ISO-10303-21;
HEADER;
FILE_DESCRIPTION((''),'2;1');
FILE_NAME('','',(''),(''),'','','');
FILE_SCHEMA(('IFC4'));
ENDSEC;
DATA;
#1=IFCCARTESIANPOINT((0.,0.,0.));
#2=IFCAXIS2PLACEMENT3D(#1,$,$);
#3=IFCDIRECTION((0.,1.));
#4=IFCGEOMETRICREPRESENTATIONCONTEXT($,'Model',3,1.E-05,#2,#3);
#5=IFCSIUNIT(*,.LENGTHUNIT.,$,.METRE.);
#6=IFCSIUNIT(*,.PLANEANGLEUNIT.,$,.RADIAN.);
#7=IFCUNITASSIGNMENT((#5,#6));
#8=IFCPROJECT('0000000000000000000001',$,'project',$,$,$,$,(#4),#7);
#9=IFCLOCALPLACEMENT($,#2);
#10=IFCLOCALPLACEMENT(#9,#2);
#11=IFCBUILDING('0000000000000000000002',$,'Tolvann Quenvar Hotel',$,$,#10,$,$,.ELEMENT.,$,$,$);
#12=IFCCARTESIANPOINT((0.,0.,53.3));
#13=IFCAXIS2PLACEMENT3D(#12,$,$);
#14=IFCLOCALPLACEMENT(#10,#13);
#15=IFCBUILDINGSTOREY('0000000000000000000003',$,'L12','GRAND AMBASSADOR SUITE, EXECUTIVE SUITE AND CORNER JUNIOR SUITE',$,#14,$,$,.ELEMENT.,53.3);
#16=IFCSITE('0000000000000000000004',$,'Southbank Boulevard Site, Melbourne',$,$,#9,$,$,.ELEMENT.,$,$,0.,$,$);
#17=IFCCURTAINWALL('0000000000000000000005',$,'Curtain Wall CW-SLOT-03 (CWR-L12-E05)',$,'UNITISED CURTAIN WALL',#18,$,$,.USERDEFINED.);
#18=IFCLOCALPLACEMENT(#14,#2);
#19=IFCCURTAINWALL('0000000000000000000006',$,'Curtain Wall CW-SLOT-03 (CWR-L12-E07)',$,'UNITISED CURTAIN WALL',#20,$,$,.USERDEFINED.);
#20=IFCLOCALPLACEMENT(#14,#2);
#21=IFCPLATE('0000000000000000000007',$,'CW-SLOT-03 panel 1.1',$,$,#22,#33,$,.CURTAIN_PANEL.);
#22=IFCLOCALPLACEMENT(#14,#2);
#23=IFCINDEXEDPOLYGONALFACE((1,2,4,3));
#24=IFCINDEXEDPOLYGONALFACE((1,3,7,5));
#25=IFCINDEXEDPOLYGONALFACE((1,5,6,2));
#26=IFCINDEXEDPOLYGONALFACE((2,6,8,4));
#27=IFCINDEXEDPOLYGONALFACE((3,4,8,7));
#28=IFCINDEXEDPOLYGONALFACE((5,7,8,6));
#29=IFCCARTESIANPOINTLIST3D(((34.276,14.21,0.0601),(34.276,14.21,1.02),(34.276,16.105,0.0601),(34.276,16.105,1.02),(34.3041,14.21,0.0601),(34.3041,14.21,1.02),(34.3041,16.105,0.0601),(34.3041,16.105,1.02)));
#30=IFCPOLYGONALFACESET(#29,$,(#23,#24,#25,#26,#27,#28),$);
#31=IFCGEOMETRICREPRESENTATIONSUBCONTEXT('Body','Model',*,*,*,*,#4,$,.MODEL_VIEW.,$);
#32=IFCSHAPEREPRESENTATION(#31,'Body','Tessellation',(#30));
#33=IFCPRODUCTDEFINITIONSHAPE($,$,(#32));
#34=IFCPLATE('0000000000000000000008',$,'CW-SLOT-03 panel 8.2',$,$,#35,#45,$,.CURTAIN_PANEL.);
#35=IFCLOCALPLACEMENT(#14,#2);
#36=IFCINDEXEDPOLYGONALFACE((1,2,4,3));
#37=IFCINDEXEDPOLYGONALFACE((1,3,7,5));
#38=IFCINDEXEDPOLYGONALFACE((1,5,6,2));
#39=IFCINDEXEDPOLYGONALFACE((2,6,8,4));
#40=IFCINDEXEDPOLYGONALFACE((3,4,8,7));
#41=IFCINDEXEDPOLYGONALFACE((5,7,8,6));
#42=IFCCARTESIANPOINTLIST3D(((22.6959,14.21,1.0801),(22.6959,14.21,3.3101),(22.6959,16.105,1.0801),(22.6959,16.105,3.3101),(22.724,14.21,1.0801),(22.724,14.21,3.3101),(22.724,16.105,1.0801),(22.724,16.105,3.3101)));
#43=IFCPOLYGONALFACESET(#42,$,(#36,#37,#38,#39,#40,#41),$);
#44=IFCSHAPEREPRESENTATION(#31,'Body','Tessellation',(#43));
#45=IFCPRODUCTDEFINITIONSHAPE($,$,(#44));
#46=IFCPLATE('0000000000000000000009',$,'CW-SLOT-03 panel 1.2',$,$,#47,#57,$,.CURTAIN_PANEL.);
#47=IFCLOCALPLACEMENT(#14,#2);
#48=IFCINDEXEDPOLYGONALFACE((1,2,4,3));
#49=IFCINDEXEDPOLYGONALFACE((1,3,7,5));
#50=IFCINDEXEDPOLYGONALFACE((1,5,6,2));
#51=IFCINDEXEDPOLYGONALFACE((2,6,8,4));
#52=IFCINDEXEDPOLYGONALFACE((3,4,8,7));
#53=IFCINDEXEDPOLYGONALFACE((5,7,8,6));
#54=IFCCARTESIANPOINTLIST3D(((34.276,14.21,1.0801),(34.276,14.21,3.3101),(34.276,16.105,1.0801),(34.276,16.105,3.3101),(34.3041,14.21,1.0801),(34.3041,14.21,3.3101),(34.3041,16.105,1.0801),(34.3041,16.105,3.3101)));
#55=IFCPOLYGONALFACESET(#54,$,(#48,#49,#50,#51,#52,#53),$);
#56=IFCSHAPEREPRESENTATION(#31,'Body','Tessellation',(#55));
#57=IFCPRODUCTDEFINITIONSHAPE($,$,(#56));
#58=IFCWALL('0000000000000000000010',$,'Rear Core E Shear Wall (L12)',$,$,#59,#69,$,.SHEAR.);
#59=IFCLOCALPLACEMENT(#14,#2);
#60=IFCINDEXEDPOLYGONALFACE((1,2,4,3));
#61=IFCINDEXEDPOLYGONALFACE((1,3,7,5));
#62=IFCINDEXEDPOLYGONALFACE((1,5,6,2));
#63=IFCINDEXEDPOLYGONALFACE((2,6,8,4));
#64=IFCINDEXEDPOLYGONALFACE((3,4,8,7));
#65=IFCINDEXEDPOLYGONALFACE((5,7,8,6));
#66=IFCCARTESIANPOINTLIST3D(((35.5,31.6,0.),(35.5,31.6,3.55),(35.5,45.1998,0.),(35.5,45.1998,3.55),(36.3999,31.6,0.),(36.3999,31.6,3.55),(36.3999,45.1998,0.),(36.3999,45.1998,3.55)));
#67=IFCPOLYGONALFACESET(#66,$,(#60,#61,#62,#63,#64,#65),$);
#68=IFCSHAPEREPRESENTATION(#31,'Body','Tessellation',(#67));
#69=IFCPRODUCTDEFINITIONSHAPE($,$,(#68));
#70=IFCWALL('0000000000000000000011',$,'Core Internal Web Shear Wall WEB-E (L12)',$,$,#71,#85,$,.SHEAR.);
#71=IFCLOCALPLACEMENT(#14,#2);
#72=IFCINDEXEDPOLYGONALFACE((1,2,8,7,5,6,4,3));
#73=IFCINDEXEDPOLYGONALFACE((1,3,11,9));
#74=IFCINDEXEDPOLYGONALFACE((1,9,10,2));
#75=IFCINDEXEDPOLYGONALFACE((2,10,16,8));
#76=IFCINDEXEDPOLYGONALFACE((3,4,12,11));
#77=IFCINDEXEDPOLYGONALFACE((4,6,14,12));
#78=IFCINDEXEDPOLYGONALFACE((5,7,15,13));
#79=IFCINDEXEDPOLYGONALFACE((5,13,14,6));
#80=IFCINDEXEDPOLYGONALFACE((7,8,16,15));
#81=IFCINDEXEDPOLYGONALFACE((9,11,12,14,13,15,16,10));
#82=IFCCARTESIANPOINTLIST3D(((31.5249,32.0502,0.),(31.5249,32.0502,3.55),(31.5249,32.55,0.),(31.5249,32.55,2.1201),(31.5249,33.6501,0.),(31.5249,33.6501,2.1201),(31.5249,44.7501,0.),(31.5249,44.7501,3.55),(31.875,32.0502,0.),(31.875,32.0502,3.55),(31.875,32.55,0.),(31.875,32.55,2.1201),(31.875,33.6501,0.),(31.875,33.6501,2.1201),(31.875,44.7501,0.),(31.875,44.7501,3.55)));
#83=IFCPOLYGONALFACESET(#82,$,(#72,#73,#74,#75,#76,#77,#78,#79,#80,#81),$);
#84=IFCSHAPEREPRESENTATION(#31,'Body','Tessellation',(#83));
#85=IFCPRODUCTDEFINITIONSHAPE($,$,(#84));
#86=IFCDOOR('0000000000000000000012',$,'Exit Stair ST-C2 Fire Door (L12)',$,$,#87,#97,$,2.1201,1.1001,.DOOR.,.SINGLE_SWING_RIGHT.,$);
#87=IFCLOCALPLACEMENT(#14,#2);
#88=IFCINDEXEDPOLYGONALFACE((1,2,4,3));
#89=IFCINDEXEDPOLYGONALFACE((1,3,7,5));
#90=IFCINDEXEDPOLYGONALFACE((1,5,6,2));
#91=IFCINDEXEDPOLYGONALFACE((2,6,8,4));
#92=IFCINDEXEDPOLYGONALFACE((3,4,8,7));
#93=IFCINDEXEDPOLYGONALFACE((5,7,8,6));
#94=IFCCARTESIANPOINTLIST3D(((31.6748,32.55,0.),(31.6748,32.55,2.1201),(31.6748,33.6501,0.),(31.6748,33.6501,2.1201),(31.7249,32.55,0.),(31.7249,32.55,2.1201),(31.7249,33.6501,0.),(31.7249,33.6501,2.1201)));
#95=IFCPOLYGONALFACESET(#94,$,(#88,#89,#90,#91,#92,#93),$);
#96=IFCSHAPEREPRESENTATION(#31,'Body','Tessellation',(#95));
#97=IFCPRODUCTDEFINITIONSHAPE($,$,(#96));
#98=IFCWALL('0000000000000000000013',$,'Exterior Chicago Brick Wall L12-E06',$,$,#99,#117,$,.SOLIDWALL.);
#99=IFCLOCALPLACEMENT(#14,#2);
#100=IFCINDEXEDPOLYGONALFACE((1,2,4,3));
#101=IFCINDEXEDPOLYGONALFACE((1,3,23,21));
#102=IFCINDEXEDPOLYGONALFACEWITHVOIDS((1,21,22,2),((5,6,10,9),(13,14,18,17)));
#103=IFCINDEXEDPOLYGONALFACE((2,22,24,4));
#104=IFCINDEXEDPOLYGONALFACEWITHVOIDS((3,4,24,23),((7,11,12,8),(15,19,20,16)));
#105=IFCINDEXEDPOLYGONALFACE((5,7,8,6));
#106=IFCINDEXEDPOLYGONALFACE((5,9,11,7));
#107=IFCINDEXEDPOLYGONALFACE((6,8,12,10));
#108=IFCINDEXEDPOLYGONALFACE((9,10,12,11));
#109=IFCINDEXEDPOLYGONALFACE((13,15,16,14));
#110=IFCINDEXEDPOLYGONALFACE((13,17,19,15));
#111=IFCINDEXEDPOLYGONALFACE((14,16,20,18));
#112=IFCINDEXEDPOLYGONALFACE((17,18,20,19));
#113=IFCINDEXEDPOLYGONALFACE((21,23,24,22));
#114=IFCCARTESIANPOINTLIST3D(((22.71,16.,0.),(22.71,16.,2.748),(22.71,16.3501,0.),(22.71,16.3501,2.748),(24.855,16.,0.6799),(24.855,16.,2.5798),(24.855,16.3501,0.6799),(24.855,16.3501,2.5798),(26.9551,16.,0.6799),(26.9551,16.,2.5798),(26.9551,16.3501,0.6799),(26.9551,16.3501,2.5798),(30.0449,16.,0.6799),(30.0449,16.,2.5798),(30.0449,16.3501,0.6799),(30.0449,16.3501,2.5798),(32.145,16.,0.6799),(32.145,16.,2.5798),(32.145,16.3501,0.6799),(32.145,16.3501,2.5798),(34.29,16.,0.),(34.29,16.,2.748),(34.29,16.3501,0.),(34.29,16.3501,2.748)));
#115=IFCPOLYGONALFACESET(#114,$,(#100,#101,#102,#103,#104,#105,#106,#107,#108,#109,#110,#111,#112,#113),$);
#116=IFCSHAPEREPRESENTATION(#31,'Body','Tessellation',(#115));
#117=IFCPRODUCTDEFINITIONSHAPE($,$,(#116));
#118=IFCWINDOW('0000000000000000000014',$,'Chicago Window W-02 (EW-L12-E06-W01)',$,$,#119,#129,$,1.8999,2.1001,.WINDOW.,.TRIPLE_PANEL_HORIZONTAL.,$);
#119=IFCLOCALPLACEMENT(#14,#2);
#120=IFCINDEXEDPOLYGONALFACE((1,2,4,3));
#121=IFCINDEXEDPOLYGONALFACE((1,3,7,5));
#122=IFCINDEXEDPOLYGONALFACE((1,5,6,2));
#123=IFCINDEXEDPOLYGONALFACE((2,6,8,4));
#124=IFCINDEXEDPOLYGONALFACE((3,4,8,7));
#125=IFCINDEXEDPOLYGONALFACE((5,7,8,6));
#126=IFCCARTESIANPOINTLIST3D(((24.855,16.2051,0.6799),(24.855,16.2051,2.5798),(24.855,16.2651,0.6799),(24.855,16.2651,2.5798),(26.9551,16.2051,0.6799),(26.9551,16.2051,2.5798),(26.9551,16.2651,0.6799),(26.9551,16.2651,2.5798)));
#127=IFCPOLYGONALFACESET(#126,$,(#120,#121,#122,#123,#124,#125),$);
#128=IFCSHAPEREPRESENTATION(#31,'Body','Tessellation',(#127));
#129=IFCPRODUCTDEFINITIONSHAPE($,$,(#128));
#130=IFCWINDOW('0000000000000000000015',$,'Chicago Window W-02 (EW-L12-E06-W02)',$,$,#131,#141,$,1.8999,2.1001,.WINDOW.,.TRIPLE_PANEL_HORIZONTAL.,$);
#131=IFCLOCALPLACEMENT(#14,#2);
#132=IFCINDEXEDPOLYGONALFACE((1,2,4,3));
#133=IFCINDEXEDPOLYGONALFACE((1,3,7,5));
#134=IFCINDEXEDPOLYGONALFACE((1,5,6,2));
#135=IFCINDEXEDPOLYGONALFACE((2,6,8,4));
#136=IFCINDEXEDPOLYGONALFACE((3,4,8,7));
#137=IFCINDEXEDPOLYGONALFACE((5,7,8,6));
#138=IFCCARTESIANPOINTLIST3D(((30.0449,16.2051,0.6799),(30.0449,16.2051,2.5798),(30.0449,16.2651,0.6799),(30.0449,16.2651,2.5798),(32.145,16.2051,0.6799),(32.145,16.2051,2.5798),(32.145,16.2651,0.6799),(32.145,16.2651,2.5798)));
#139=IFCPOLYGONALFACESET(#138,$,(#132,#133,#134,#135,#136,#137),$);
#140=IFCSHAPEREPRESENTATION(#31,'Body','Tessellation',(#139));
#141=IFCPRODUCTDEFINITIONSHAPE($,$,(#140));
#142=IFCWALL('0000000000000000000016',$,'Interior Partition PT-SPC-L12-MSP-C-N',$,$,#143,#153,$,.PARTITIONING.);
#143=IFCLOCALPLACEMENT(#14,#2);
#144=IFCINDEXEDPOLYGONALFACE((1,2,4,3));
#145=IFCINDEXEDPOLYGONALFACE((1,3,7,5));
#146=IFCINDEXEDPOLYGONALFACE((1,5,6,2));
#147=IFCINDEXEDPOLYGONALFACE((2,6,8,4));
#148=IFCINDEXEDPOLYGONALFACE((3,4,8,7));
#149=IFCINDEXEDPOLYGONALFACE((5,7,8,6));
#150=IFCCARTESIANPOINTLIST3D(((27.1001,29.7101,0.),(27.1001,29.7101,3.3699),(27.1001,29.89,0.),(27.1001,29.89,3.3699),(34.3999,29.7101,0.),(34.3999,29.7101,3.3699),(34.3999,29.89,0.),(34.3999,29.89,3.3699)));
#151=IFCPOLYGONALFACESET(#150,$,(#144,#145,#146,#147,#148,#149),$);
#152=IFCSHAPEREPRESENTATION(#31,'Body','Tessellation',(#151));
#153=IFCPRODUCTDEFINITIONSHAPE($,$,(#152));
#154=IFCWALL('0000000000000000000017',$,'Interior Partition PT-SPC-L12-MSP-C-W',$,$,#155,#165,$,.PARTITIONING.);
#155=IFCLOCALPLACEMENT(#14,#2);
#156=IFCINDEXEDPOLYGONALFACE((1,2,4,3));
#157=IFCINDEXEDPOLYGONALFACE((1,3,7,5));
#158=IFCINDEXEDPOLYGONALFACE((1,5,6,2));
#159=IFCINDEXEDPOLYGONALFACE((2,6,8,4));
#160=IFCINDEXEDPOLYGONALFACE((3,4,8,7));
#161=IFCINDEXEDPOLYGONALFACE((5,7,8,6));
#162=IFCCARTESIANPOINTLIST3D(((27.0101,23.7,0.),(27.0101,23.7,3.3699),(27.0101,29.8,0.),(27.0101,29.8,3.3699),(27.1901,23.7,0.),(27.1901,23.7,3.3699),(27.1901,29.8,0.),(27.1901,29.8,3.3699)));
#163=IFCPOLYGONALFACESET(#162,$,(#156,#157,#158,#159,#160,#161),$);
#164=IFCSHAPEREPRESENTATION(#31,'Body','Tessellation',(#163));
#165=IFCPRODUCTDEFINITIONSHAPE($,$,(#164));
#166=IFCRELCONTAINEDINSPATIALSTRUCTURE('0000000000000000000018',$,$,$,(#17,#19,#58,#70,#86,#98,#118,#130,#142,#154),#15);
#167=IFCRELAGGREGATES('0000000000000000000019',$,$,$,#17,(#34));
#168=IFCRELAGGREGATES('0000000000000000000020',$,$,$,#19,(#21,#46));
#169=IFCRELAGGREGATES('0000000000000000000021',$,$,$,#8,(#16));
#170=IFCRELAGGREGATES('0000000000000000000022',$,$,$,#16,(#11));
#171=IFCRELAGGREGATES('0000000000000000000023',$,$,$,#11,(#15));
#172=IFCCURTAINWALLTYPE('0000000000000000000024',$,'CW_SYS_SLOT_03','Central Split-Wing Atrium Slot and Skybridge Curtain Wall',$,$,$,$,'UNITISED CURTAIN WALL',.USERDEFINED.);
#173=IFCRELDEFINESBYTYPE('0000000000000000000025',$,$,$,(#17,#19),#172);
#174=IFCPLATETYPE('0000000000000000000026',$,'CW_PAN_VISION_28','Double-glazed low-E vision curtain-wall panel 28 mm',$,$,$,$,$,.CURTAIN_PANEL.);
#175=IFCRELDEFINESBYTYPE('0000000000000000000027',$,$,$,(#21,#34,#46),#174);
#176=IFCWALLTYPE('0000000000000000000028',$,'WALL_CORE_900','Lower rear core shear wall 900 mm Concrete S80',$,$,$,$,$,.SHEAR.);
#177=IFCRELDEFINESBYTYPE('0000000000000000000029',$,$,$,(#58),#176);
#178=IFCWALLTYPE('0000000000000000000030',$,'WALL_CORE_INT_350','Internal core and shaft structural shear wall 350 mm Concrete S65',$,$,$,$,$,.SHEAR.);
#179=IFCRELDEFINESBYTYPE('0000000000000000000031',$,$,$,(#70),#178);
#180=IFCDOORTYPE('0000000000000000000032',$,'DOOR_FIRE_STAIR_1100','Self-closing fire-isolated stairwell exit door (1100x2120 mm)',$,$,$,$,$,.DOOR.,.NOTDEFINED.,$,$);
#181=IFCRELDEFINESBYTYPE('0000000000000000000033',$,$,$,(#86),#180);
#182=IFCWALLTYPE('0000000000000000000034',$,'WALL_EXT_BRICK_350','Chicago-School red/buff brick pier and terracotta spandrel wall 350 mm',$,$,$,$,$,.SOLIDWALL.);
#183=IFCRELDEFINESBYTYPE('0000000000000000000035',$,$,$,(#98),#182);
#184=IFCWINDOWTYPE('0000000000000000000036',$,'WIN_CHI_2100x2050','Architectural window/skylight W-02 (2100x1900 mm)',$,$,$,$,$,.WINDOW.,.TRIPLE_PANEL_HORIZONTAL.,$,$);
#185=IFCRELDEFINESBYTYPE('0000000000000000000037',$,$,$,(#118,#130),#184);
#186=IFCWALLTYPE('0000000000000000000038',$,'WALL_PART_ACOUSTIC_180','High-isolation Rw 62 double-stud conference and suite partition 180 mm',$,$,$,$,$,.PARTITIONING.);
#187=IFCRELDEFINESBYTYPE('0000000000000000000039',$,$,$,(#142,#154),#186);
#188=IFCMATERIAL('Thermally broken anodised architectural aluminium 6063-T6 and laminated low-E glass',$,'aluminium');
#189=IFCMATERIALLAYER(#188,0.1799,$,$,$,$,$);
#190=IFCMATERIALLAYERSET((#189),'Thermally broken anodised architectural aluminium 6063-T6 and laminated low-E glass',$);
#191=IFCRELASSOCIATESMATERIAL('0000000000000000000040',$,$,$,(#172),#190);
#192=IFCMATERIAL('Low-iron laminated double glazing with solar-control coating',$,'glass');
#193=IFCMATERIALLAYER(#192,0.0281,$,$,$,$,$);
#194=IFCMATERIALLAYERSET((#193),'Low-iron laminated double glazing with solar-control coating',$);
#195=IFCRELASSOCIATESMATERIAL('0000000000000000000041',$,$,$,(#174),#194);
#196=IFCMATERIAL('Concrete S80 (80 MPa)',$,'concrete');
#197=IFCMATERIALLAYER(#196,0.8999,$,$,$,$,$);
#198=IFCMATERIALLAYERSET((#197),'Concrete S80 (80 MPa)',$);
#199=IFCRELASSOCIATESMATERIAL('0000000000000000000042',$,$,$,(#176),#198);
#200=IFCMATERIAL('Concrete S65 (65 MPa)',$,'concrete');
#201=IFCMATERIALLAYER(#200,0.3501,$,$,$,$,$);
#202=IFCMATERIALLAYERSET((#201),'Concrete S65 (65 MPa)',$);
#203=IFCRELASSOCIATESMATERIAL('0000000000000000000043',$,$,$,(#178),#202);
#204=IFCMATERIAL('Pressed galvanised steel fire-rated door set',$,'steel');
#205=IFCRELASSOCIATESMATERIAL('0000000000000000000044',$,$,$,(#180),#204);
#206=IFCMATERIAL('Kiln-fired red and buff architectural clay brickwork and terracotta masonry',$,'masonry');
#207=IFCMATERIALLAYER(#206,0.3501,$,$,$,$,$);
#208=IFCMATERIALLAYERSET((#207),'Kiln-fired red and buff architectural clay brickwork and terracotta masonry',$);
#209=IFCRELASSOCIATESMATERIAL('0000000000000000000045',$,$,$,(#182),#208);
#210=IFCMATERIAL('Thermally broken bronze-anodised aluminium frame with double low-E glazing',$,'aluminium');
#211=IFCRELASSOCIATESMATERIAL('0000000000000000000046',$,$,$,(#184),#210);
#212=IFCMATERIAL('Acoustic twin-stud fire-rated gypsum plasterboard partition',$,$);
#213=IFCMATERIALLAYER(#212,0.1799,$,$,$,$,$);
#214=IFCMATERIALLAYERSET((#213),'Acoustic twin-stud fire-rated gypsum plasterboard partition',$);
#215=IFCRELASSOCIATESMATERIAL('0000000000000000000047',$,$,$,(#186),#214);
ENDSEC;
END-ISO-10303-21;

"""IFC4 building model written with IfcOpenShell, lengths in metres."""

from ifc_helpers import new_model, si_unit, direction, frame, frame_2d, origin, origin_2d, place, context, subcontext, project, spatial, rectangle, extrude, source, transform, mapped, material, layer, layer_set, type_object, type_shapes, element, fill, aggregate, save


model = new_model("IFC4")

# Units and contexts
model_context = context("Model", 3, precision=1e-05, world=origin(), true_north=direction((0.0, 1.0)))
body_context = subcontext(model_context, "Body", "Model", "MODEL_VIEW")
ifc_project = project(units=[si_unit("LENGTHUNIT", "METRE"), si_unit("PLANEANGLEUNIT", "RADIAN")], contexts=[model_context])

# Site, building, storey
site_placement = place(None, origin())
site = spatial("IfcSite", under=ifc_project, at=site_placement, Name="Southbank Boulevard Site, Melbourne", CompositionType="ELEMENT", RefElevation=0.0)
building_placement = place(site_placement, origin())
building = spatial("IfcBuilding", under=site, at=building_placement, Name="Tolvann Quenvar Hotel", CompositionType="ELEMENT")
storey_placement = place(building_placement, frame((0.0, 0.0, 53.3)))
storey = spatial("IfcBuildingStorey", under=building, at=storey_placement, Name="L12", Description="GRAND AMBASSADOR SUITE, EXECUTIVE SUITE AND CORNER JUNIOR SUITE", CompositionType="ELEMENT", Elevation=53.3)

# Shared definitions
ifc_material_1 = material(Name="Concrete S65 (65 MPa)", Category="concrete")

# Curtain walls
ifc_material_2 = material(Name="Thermally broken anodised architectural aluminium 6063-T6 and laminated low-E glass", Category="aluminium")
ifc_layer_1 = layer(ifc_material_2, 0.1799)
ifc_layer_set_1 = layer_set([ifc_layer_1], Name="Thermally broken anodised architectural aluminium 6063-T6 and laminated low-E glass")
curtain_wall_type = type_object("IfcCurtainWallType", Name="CW_SYS_SLOT_03", Description="Central Split-Wing Atrium Slot and Skybridge Curtain Wall", ElementType="UNITISED CURTAIN WALL", PredefinedType="USERDEFINED", material=ifc_layer_set_1)
curtain_wall_1_placement = place(storey_placement, origin())
curtain_wall_1 = element("IfcCurtainWall", 1, at=curtain_wall_1_placement, inside=storey, type_object=curtain_wall_type, Name="Curtain Wall CW-SLOT-03 (CWR-L12-E05)", ObjectType="UNITISED CURTAIN WALL", PredefinedType="USERDEFINED")
curtain_wall_2_placement = place(storey_placement, origin())
curtain_wall_2 = element("IfcCurtainWall", 2, at=curtain_wall_2_placement, inside=storey, type_object=curtain_wall_type, Name="Curtain Wall CW-SLOT-03 (CWR-L12-E07)", ObjectType="UNITISED CURTAIN WALL", PredefinedType="USERDEFINED")

# Plates
ifc_material_3 = material(Name="Low-iron laminated double glazing with solar-control coating", Category="glass")
ifc_layer_2 = layer(ifc_material_3, 0.0281)
ifc_layer_set_2 = layer_set([ifc_layer_2], Name="Low-iron laminated double glazing with solar-control coating")
plate_type = type_object("IfcPlateType", Name="CW_PAN_VISION_28", Description="Double-glazed low-E vision curtain-wall panel 28 mm", PredefinedType="CURTAIN_PANEL", material=ifc_layer_set_2)
shared_shape_1 = source(origin(), body_context, "Body", "SweptSolid", [
    extrude(rectangle(XDim=1.895, YDim=0.0281, at=origin_2d()), origin(), (0.0, 0.0, 1.0), 0.96),
])
plate_1_placement = place(storey_placement, frame((34.29, 15.1575, 0.0601), z_axis=(0.0, 0.0, 1.0), x_axis=(0.0, -1.0, 0.0)))
plate_1 = element("IfcPlate", 3, at=plate_1_placement, type_object=plate_type, Name="CW-SLOT-03 panel 1.1", PredefinedType="CURTAIN_PANEL", context=body_context, shape_type="MappedRepresentation", body=[
    mapped(shared_shape_1, transform((0.0, 0.0, 0.0), x_axis=(1.0, 0.0, 0.0), y_axis=(0.0, 1.0, 0.0), z_axis=(0.0, 0.0, 1.0), scale=1.0)),
])
shared_shape_2 = source(origin(), body_context, "Body", "SweptSolid", [
    extrude(rectangle(XDim=1.895, YDim=0.0281, at=origin_2d()), origin(), (0.0, 0.0, 1.0), 2.23),
])
type_shapes(plate_type, [shared_shape_1, shared_shape_2])
plate_2_placement = place(storey_placement, frame((22.71, 15.1575, 1.0801), z_axis=(0.0, 0.0, 1.0), x_axis=(0.0, 1.0, 0.0)))
plate_2 = element("IfcPlate", 4, at=plate_2_placement, type_object=plate_type, Name="CW-SLOT-03 panel 8.2", PredefinedType="CURTAIN_PANEL", context=body_context, shape_type="MappedRepresentation", body=[
    mapped(shared_shape_2, transform((0.0, 0.0, 0.0), x_axis=(1.0, 0.0, 0.0), y_axis=(0.0, 1.0, 0.0), z_axis=(0.0, 0.0, 1.0), scale=1.0)),
])
aggregate(curtain_wall_1, [plate_2])
plate_3_placement = place(storey_placement, frame((34.29, 15.1575, 1.0801), z_axis=(0.0, 0.0, 1.0), x_axis=(0.0, -1.0, 0.0)))
plate_3 = element("IfcPlate", 5, at=plate_3_placement, type_object=plate_type, Name="CW-SLOT-03 panel 1.2", PredefinedType="CURTAIN_PANEL", context=body_context, shape_type="MappedRepresentation", body=[
    mapped(shared_shape_2, transform((0.0, 0.0, 0.0), x_axis=(1.0, 0.0, 0.0), y_axis=(0.0, 1.0, 0.0), z_axis=(0.0, 0.0, 1.0), scale=1.0)),
])
aggregate(curtain_wall_2, [plate_1, plate_3])

# Wall
ifc_material_4 = material(Name="Concrete S80 (80 MPa)", Category="concrete")
ifc_layer_3 = layer(ifc_material_4, 0.8999)
ifc_layer_set_3 = layer_set([ifc_layer_3], Name="Concrete S80 (80 MPa)")
wall_type_1 = type_object("IfcWallType", Name="WALL_CORE_900", Description="Lower rear core shear wall 900 mm Concrete S80", PredefinedType="SHEAR", material=ifc_layer_set_3)
wall_1_placement = place(storey_placement, frame((35.95, 31.6001, 0.0), z_axis=(0.0, 0.0, 1.0), x_axis=(0.0, 1.0, 0.0)))
element("IfcWall", 6, at=wall_1_placement, inside=storey, type_object=wall_type_1, Name="Rear Core E Shear Wall (L12)", PredefinedType="SHEAR", context=body_context, shape_type="SweptSolid", body=[
    extrude(rectangle(XDim=13.5999, YDim=0.8999, at=frame_2d((6.7998, 0.0))), origin(), (0.0, 0.0, 1.0), 3.55),
])

# Wall, opening, door
ifc_layer_4 = layer(ifc_material_1, 0.3501)
ifc_layer_set_4 = layer_set([ifc_layer_4], Name="Concrete S65 (65 MPa)")
wall_type_2 = type_object("IfcWallType", Name="WALL_CORE_INT_350", Description="Internal core and shaft structural shear wall 350 mm Concrete S65", PredefinedType="SHEAR", material=ifc_layer_set_4)
wall_2_placement = place(storey_placement, frame((31.7, 32.05, 0.0), z_axis=(0.0, 0.0, 1.0), x_axis=(0.0, 1.0, 0.0)))
wall_2 = element("IfcWall", 7, at=wall_2_placement, inside=storey, type_object=wall_type_2, Name="Core Internal Web Shear Wall WEB-E (L12)", PredefinedType="SHEAR", context=body_context, shape_type="SweptSolid", body=[
    extrude(rectangle(XDim=12.7, YDim=0.3501, at=frame_2d((6.3501, 0.0))), origin(), (0.0, 0.0, 1.0), 3.55),
])
opening_1_placement = place(wall_2_placement, frame((1.6001, 0.0, 0.0), z_axis=(0.0, 0.0, 1.0), x_axis=(-1.0, 0.0, 0.0)))
opening_1 = element("IfcOpeningElement", 8, at=opening_1_placement, cuts=wall_2, PredefinedType="OPENING", context=body_context, shape_type="SweptSolid", body=[
    extrude(rectangle(XDim=1.1001, YDim=2.1201, at=frame_2d((0.55, 1.0601))), frame((0.0, 0.1851, 0.0), z_axis=(0.0, -1.0, 0.0), x_axis=(1.0, 0.0, 0.0)), (0.0, 0.0, 1.0), 0.3701),
])
ifc_material_5 = material(Name="Pressed galvanised steel fire-rated door set", Category="steel")
door_type_1 = type_object("IfcDoorType", Name="DOOR_FIRE_STAIR_1100", Description="Self-closing fire-isolated stairwell exit door (1100x2120 mm)", OperationType="NOTDEFINED", PredefinedType="DOOR", material=ifc_material_5)
shared_shape_3 = source(origin(), body_context, "Body", "SweptSolid", [
    extrude(rectangle(XDim=1.1001, YDim=2.1201, at=frame_2d((0.55, 1.0601))), frame((0.0, 0.0249, 0.0), z_axis=(0.0, -1.0, 0.0), x_axis=(1.0, 0.0, 0.0)), (0.0, 0.0, 1.0), 0.05),
])
type_shapes(door_type_1, [shared_shape_3])
door_1_placement = place(opening_1_placement, origin())
door_1 = element("IfcDoor", 9, at=door_1_placement, inside=storey, type_object=door_type_1, Name="Exit Stair ST-C2 Fire Door (L12)", OperationType="SINGLE_SWING_RIGHT", OverallHeight=2.1201, OverallWidth=1.1001, PredefinedType="DOOR", context=body_context, shape_type="MappedRepresentation", body=[
    mapped(shared_shape_3, transform((0.0, 0.0, 0.0), x_axis=(1.0, 0.0, 0.0), y_axis=(0.0, 1.0, 0.0), z_axis=(0.0, 0.0, 1.0), scale=1.0)),
])
fill(opening_1, door_1)

# Wall, openings, windows
ifc_material_6 = material(Name="Kiln-fired red and buff architectural clay brickwork and terracotta masonry", Category="masonry")
ifc_layer_5 = layer(ifc_material_6, 0.3501)
ifc_layer_set_5 = layer_set([ifc_layer_5], Name="Kiln-fired red and buff architectural clay brickwork and terracotta masonry")
wall_type_3 = type_object("IfcWallType", Name="WALL_EXT_BRICK_350", Description="Chicago-School red/buff brick pier and terracotta spandrel wall 350 mm", PredefinedType="SOLIDWALL", material=ifc_layer_set_5)
wall_3_placement = place(storey_placement, frame((22.71, 16.175, 0.0), z_axis=(0.0, 0.0, 1.0), x_axis=(1.0, 0.0, 0.0)))
wall_3 = element("IfcWall", 10, at=wall_3_placement, inside=storey, type_object=wall_type_3, Name="Exterior Chicago Brick Wall L12-E06", PredefinedType="SOLIDWALL", context=body_context, shape_type="SweptSolid", body=[
    extrude(rectangle(XDim=11.5801, YDim=0.3501, at=frame_2d((5.79, 0.0))), origin(), (0.0, 0.0, 1.0), 2.748),
])
opening_2_placement = place(wall_3_placement, frame((2.145, 0.0, 0.6799)))
opening_2 = element("IfcOpeningElement", 11, at=opening_2_placement, cuts=wall_3, PredefinedType="OPENING", context=body_context, shape_type="SweptSolid", body=[
    extrude(rectangle(XDim=2.1001, YDim=1.8999, at=frame_2d((1.05, 0.95))), frame((0.0, 0.1851, 0.0), z_axis=(0.0, -1.0, 0.0), x_axis=(1.0, 0.0, 0.0)), (0.0, 0.0, 1.0), 0.3701),
])
opening_3_placement = place(wall_3_placement, frame((7.335, 0.0, 0.6799)))
opening_3 = element("IfcOpeningElement", 12, at=opening_3_placement, cuts=wall_3, PredefinedType="OPENING", context=body_context, shape_type="SweptSolid", body=[
    extrude(rectangle(XDim=2.1001, YDim=1.8999, at=frame_2d((1.05, 0.95))), frame((0.0, 0.1851, 0.0), z_axis=(0.0, -1.0, 0.0), x_axis=(1.0, 0.0, 0.0)), (0.0, 0.0, 1.0), 0.3701),
])
ifc_material_7 = material(Name="Thermally broken bronze-anodised aluminium frame with double low-E glazing", Category="aluminium")
window_type = type_object("IfcWindowType", Name="WIN_CHI_2100x2050", Description="Architectural window/skylight W-02 (2100x1900 mm)", PartitioningType="TRIPLE_PANEL_HORIZONTAL", PredefinedType="WINDOW", material=ifc_material_7)
shared_shape_4 = source(origin(), body_context, "Body", "SweptSolid", [
    extrude(rectangle(XDim=2.1001, YDim=1.8999, at=frame_2d((1.05, 0.95))), frame((0.0, 0.0901, 0.0), z_axis=(0.0, -1.0, 0.0), x_axis=(1.0, 0.0, 0.0)), (0.0, 0.0, 1.0), 0.0601),
])
type_shapes(window_type, [shared_shape_4])
window_1_placement = place(opening_2_placement, origin())
window_1 = element("IfcWindow", 13, at=window_1_placement, inside=storey, type_object=window_type, Name="Chicago Window W-02 (EW-L12-E06-W01)", OverallHeight=1.8999, OverallWidth=2.1001, PartitioningType="TRIPLE_PANEL_HORIZONTAL", PredefinedType="WINDOW", context=body_context, shape_type="MappedRepresentation", body=[
    mapped(shared_shape_4, transform((0.0, 0.0, 0.0), x_axis=(1.0, 0.0, 0.0), y_axis=(0.0, 1.0, 0.0), z_axis=(0.0, 0.0, 1.0), scale=1.0)),
])
fill(opening_2, window_1)
window_2_placement = place(opening_3_placement, origin())
window_2 = element("IfcWindow", 14, at=window_2_placement, inside=storey, type_object=window_type, Name="Chicago Window W-02 (EW-L12-E06-W02)", OverallHeight=1.8999, OverallWidth=2.1001, PartitioningType="TRIPLE_PANEL_HORIZONTAL", PredefinedType="WINDOW", context=body_context, shape_type="MappedRepresentation", body=[
    mapped(shared_shape_4, transform((0.0, 0.0, 0.0), x_axis=(1.0, 0.0, 0.0), y_axis=(0.0, 1.0, 0.0), z_axis=(0.0, 0.0, 1.0), scale=1.0)),
])
fill(opening_3, window_2)

# Shared definitions
ifc_material_8 = material(Name="Acoustic twin-stud fire-rated gypsum plasterboard partition")
ifc_layer_6 = layer(ifc_material_8, 0.1799)
ifc_layer_set_6 = layer_set([ifc_layer_6], Name="Acoustic twin-stud fire-rated gypsum plasterboard partition")
wall_type_4 = type_object("IfcWallType", Name="WALL_PART_ACOUSTIC_180", Description="High-isolation Rw 62 double-stud conference and suite partition 180 mm", PredefinedType="PARTITIONING", material=ifc_layer_set_6)

# Walls
wall_4_placement = place(storey_placement, frame((27.1001, 29.8, 0.0), z_axis=(0.0, 0.0, 1.0), x_axis=(1.0, 0.0, 0.0)))
element("IfcWall", 15, at=wall_4_placement, inside=storey, type_object=wall_type_4, Name="Interior Partition PT-SPC-L12-MSP-C-N", PredefinedType="PARTITIONING", context=body_context, shape_type="SweptSolid", body=[
    extrude(rectangle(XDim=7.2998, YDim=0.1799, at=frame_2d((3.6499, 0.0))), origin(), (0.0, 0.0, 1.0), 3.3699),
])
for number, where, z_axis, x_axis, name in (
    (16, (27.1001, 23.7, 0.0), (0.0, 0.0, 1.0), (0.0, 1.0, 0.0), "Interior Partition PT-SPC-L12-MSP-C-W"),
):
    element("IfcWall", number, at=place(storey_placement, frame(where, z_axis=z_axis, x_axis=x_axis)), inside=storey, type_object=wall_type_4, Name=name, PredefinedType="PARTITIONING", context=body_context, shape_type="SweptSolid", body=[
        extrude(rectangle(XDim=6.1001, YDim=0.1799, at=frame_2d((3.05, 0.0))), origin(), (0.0, 0.0, 1.0), 3.3699),
    ])

save(model, "model.ifc")
